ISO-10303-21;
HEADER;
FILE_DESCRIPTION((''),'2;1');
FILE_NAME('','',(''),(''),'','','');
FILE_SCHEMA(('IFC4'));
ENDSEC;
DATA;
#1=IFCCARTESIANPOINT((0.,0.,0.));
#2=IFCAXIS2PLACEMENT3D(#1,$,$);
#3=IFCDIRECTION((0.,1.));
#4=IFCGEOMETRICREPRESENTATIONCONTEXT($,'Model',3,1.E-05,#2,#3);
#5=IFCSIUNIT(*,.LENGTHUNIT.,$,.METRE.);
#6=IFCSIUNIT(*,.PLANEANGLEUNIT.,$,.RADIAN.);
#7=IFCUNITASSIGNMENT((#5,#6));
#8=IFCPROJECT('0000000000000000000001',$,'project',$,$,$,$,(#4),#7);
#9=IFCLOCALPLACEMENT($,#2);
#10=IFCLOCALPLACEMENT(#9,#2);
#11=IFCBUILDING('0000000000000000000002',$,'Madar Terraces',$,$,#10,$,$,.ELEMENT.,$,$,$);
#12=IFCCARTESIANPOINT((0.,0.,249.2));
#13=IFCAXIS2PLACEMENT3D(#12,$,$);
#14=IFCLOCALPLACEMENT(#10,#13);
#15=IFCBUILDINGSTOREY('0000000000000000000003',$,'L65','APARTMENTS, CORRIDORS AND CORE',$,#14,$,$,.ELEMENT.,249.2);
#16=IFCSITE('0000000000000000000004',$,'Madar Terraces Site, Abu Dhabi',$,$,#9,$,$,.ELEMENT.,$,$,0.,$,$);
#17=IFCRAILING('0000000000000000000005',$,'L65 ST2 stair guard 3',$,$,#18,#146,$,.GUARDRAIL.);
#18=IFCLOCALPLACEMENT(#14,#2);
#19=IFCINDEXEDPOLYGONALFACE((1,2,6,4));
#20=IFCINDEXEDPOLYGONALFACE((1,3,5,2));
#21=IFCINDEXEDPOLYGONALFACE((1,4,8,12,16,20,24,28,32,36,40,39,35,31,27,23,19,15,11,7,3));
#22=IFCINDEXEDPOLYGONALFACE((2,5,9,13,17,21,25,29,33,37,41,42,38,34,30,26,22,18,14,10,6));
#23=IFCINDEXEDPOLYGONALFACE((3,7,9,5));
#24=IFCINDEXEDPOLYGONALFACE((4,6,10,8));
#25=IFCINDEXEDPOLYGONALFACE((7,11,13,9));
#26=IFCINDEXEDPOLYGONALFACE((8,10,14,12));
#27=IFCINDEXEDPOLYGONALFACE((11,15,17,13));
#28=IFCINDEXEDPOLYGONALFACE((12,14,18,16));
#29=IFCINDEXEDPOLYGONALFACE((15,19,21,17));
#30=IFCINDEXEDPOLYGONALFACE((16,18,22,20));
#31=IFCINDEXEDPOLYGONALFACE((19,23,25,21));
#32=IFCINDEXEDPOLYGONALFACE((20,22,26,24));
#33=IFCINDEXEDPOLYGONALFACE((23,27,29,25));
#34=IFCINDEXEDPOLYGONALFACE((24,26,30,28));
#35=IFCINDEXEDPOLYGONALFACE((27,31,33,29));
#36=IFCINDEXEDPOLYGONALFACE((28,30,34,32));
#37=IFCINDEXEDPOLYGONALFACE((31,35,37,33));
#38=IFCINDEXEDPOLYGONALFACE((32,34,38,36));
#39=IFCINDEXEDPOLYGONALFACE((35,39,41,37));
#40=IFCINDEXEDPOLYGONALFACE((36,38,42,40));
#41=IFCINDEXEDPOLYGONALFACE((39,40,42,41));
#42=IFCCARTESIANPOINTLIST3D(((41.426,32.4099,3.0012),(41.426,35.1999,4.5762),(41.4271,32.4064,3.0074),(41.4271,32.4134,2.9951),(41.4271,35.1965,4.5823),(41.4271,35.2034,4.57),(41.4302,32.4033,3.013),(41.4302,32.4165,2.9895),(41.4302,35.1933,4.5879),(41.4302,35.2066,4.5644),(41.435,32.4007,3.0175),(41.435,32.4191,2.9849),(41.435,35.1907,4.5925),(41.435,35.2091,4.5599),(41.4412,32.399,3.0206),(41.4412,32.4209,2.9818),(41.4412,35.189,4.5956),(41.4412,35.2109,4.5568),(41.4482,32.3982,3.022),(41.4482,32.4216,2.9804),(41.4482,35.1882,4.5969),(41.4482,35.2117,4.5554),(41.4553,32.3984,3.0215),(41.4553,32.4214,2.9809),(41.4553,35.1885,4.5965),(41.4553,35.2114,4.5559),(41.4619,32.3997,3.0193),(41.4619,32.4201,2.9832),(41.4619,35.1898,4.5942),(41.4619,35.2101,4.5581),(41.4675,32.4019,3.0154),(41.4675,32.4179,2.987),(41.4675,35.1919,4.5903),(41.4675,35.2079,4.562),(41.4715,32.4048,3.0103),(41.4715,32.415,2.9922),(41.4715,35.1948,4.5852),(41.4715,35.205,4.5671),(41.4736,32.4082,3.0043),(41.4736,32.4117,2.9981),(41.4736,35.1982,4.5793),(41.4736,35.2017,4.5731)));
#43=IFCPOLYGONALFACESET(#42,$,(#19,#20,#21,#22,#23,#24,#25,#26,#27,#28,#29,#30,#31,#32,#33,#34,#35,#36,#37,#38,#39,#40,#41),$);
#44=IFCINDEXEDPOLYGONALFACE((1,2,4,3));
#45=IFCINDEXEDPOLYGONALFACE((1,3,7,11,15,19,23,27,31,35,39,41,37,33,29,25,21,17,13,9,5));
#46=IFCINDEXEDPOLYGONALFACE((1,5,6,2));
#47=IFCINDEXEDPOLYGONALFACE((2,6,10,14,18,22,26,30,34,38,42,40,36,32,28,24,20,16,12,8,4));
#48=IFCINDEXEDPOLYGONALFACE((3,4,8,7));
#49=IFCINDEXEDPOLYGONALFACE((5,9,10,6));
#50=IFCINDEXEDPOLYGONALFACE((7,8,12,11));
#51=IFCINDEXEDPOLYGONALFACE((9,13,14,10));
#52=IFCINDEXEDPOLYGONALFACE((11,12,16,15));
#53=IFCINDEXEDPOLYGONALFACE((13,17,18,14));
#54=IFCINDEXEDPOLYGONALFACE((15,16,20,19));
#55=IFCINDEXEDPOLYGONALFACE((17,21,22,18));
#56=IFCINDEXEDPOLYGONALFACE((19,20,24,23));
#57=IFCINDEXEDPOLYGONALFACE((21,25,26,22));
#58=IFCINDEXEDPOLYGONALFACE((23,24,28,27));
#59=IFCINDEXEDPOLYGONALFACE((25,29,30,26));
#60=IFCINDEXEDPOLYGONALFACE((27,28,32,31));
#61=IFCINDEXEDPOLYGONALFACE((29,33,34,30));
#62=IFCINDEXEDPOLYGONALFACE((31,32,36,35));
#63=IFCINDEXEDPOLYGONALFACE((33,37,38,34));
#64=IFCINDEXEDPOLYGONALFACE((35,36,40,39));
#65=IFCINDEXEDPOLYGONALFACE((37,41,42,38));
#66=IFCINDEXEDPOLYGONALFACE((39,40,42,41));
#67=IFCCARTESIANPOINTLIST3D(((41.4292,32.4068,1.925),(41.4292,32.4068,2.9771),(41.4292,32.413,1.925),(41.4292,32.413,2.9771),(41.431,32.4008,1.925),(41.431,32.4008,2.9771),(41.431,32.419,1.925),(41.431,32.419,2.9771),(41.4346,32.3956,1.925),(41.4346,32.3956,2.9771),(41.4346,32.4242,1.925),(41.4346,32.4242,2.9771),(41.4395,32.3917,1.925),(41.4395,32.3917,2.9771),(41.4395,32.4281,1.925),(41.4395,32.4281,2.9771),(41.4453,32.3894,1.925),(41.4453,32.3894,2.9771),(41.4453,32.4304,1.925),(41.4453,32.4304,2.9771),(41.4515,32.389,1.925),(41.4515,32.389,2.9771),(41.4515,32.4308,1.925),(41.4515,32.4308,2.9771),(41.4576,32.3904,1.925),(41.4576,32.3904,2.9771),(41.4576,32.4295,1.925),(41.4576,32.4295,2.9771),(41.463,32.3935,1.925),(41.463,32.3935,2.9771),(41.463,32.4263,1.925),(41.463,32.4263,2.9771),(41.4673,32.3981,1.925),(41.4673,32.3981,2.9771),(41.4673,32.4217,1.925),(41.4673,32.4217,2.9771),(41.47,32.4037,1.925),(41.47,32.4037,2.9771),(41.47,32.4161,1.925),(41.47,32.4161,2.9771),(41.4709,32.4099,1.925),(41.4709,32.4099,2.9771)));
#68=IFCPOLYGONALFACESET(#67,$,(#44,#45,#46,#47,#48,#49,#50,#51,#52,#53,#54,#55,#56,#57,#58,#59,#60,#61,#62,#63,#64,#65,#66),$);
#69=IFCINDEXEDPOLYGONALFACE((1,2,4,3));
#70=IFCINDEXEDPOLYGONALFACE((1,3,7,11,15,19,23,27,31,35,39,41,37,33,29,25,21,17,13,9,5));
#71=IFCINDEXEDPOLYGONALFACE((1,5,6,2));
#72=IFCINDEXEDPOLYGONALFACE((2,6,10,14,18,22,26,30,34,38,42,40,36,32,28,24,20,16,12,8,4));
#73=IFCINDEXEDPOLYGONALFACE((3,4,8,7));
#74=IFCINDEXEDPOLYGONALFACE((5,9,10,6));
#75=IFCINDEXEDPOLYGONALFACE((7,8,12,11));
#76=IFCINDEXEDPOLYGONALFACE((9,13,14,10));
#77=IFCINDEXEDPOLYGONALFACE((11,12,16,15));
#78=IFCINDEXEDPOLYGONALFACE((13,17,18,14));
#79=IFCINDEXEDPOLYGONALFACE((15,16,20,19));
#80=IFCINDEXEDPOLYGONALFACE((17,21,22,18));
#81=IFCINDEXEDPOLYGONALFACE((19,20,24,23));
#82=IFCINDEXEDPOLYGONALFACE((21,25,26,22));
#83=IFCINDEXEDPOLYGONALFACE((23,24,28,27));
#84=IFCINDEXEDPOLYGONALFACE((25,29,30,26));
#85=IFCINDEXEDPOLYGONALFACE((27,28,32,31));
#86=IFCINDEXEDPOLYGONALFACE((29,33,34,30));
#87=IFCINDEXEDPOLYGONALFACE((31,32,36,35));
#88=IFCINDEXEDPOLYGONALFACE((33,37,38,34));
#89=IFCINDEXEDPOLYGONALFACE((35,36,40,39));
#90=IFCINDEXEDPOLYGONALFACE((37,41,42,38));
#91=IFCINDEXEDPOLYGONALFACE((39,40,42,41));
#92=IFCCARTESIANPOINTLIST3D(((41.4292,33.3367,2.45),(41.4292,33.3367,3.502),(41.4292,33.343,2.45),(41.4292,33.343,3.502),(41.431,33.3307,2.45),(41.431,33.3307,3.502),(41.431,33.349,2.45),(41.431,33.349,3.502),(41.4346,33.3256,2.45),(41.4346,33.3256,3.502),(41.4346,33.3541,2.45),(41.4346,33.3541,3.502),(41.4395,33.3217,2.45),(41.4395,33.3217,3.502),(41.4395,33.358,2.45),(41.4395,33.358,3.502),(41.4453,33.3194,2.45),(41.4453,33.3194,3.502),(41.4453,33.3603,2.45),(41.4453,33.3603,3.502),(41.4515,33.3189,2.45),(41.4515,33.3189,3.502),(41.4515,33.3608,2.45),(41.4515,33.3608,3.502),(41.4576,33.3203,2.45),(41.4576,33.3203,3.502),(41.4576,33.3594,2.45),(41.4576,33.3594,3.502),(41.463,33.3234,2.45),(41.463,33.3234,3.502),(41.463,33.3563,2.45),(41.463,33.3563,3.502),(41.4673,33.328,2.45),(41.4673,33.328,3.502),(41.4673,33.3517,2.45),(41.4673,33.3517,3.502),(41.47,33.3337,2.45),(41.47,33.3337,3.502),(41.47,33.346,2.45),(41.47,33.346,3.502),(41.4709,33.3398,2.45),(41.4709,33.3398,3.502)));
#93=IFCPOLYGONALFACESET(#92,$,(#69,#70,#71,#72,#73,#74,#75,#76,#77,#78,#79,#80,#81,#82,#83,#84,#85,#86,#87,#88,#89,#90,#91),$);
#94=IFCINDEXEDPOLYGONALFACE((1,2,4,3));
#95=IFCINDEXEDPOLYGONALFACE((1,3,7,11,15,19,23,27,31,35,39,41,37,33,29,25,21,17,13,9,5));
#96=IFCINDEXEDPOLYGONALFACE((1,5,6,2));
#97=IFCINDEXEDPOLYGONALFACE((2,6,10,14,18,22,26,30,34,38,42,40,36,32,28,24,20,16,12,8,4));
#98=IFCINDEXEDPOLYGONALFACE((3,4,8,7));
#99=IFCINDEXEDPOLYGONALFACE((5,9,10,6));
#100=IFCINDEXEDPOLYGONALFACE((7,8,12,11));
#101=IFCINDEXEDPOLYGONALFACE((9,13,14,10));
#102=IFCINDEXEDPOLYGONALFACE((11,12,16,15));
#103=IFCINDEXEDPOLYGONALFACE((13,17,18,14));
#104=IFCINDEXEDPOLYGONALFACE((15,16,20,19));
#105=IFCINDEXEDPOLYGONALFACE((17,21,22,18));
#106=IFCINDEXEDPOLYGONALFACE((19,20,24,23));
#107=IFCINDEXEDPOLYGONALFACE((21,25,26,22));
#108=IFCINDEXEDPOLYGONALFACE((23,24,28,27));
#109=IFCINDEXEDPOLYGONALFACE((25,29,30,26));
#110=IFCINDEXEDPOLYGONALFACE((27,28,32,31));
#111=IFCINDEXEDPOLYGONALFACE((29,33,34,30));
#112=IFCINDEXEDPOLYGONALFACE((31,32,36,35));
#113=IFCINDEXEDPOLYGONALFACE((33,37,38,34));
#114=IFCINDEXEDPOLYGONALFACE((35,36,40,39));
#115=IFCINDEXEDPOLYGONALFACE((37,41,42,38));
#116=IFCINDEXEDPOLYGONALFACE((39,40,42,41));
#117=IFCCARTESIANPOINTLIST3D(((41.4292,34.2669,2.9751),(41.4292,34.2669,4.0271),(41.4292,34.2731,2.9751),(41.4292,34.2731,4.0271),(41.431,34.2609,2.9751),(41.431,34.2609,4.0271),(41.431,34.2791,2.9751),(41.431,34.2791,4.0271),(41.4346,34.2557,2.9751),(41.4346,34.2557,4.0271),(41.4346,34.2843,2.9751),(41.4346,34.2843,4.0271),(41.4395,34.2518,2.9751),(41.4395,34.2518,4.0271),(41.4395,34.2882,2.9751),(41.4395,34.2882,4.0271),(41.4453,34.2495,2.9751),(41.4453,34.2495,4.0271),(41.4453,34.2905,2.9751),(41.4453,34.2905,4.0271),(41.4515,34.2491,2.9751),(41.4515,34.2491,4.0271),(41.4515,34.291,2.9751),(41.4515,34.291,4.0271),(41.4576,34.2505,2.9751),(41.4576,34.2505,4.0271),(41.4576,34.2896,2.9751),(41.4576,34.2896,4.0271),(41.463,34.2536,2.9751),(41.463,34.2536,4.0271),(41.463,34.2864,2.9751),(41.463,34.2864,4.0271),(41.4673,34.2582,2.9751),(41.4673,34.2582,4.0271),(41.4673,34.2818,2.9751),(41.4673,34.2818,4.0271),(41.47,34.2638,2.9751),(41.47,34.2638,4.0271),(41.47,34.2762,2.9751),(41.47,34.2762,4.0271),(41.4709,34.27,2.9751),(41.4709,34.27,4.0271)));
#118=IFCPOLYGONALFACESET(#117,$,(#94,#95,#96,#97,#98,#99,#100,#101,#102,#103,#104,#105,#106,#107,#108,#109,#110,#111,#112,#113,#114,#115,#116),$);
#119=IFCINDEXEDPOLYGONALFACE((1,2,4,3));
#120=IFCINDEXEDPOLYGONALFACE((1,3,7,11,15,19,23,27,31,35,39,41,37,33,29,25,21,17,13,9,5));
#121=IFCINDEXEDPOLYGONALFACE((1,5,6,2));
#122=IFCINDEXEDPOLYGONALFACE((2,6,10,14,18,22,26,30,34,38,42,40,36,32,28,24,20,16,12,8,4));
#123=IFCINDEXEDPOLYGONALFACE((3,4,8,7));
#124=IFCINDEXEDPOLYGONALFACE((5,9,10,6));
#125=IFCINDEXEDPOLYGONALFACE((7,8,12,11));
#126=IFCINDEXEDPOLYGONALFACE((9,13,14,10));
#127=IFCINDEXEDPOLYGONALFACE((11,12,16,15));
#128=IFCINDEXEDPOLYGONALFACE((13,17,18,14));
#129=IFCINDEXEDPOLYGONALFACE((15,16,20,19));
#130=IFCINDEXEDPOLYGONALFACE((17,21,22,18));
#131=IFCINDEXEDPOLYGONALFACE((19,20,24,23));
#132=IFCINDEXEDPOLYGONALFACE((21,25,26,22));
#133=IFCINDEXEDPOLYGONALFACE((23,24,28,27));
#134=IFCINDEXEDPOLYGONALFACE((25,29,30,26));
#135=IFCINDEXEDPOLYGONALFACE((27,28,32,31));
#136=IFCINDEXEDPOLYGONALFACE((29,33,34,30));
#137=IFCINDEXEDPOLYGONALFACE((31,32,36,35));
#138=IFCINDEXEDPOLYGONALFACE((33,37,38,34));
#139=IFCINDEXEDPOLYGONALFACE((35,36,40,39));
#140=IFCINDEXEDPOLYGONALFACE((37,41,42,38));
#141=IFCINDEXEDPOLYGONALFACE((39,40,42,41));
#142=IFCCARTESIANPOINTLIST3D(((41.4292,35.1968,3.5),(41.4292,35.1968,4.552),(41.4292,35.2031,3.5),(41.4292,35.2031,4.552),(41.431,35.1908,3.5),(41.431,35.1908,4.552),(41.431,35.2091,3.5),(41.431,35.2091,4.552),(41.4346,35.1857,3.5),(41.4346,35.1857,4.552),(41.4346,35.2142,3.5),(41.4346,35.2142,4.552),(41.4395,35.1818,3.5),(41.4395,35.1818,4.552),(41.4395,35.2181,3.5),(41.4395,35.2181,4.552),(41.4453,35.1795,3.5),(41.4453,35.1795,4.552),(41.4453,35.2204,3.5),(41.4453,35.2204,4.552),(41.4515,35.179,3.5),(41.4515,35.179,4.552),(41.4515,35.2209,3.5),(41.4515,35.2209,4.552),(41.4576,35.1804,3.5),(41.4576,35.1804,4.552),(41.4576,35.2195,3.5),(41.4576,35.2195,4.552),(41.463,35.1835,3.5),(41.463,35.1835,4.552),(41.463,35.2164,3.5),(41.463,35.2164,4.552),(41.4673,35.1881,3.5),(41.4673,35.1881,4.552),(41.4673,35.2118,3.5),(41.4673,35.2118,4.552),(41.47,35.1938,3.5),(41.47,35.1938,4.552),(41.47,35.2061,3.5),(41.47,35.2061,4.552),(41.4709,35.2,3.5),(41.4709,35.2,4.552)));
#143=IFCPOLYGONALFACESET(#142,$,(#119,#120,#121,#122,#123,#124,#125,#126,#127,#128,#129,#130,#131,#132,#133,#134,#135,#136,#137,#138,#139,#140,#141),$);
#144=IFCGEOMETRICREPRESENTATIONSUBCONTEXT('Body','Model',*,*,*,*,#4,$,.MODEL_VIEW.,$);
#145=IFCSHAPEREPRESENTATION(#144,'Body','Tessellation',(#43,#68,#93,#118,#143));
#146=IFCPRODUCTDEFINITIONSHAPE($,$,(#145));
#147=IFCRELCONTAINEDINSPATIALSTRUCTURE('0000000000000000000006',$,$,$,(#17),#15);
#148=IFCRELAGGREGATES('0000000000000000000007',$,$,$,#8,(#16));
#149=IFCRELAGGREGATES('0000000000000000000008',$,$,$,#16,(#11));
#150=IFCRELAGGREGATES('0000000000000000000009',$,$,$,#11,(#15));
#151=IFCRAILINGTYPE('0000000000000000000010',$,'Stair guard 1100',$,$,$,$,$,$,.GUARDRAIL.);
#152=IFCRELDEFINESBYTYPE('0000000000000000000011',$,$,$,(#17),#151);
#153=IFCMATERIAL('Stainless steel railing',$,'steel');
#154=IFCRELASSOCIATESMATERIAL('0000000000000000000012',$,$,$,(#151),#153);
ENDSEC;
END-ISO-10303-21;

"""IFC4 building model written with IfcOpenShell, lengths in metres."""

from ifc_helpers import new_model, si_unit, direction, frame, origin, origin_2d, place, context, subcontext, project, spatial, circle, extrude, material, type_object, element, save


model = new_model("IFC4")

# Units and contexts
model_context = context("Model", 3, precision=1e-05, world=origin(), true_north=direction((0.0, 1.0)))
body_context = subcontext(model_context, "Body", "Model", "MODEL_VIEW")
ifc_project = project(units=[si_unit("LENGTHUNIT", "METRE"), si_unit("PLANEANGLEUNIT", "RADIAN")], contexts=[model_context])

# Site, building, storey
site_placement = place(None, origin())
site = spatial("IfcSite", under=ifc_project, at=site_placement, Name="Madar Terraces Site, Abu Dhabi", CompositionType="ELEMENT", RefElevation=0.0)
building_placement = place(site_placement, origin())
building = spatial("IfcBuilding", under=site, at=building_placement, Name="Madar Terraces", CompositionType="ELEMENT")
storey_placement = place(building_placement, frame((0.0, 0.0, 249.2)))
storey = spatial("IfcBuildingStorey", under=building, at=storey_placement, Name="L65", Description="APARTMENTS, CORRIDORS AND CORE", CompositionType="ELEMENT", Elevation=249.2)

# Railing
ifc_material_1 = material(Name="Stainless steel railing", Category="steel")
railing_type_1 = type_object("IfcRailingType", Name="Stair guard 1100", PredefinedType="GUARDRAIL", material=ifc_material_1)
railing_1_placement = place(storey_placement, frame((41.45, 32.4099, 1.925)))
element("IfcRailing", 1, at=railing_1_placement, inside=storey, type_object=railing_type_1, Name="L65 ST2 stair guard 3", PredefinedType="GUARDRAIL", context=body_context, shape_type="SweptSolid", body=[
    extrude(circle(Radius=0.0239, at=origin_2d()), frame((0.0, 0.0, 1.0762), z_axis=(0.0, 0.870834, 0.491578), x_axis=(-1.0, 0.0, 0.0)), (0.0, 0.0, 1.0), 3.2039),
    extrude(circle(Radius=0.021, at=origin_2d()), origin(), (0.0, 0.0, 1.0), 1.052),
    extrude(circle(Radius=0.021, at=origin_2d()), frame((0.0, 0.9299, 0.5249)), (0.0, 0.0, 1.0), 1.052),
    extrude(circle(Radius=0.021, at=origin_2d()), frame((0.0, 1.8601, 1.05)), (0.0, 0.0, 1.0), 1.052),
    extrude(circle(Radius=0.021, at=origin_2d()), frame((0.0, 2.79, 1.575)), (0.0, 0.0, 1.0), 1.052),
])

save(model, "model.ifc")
